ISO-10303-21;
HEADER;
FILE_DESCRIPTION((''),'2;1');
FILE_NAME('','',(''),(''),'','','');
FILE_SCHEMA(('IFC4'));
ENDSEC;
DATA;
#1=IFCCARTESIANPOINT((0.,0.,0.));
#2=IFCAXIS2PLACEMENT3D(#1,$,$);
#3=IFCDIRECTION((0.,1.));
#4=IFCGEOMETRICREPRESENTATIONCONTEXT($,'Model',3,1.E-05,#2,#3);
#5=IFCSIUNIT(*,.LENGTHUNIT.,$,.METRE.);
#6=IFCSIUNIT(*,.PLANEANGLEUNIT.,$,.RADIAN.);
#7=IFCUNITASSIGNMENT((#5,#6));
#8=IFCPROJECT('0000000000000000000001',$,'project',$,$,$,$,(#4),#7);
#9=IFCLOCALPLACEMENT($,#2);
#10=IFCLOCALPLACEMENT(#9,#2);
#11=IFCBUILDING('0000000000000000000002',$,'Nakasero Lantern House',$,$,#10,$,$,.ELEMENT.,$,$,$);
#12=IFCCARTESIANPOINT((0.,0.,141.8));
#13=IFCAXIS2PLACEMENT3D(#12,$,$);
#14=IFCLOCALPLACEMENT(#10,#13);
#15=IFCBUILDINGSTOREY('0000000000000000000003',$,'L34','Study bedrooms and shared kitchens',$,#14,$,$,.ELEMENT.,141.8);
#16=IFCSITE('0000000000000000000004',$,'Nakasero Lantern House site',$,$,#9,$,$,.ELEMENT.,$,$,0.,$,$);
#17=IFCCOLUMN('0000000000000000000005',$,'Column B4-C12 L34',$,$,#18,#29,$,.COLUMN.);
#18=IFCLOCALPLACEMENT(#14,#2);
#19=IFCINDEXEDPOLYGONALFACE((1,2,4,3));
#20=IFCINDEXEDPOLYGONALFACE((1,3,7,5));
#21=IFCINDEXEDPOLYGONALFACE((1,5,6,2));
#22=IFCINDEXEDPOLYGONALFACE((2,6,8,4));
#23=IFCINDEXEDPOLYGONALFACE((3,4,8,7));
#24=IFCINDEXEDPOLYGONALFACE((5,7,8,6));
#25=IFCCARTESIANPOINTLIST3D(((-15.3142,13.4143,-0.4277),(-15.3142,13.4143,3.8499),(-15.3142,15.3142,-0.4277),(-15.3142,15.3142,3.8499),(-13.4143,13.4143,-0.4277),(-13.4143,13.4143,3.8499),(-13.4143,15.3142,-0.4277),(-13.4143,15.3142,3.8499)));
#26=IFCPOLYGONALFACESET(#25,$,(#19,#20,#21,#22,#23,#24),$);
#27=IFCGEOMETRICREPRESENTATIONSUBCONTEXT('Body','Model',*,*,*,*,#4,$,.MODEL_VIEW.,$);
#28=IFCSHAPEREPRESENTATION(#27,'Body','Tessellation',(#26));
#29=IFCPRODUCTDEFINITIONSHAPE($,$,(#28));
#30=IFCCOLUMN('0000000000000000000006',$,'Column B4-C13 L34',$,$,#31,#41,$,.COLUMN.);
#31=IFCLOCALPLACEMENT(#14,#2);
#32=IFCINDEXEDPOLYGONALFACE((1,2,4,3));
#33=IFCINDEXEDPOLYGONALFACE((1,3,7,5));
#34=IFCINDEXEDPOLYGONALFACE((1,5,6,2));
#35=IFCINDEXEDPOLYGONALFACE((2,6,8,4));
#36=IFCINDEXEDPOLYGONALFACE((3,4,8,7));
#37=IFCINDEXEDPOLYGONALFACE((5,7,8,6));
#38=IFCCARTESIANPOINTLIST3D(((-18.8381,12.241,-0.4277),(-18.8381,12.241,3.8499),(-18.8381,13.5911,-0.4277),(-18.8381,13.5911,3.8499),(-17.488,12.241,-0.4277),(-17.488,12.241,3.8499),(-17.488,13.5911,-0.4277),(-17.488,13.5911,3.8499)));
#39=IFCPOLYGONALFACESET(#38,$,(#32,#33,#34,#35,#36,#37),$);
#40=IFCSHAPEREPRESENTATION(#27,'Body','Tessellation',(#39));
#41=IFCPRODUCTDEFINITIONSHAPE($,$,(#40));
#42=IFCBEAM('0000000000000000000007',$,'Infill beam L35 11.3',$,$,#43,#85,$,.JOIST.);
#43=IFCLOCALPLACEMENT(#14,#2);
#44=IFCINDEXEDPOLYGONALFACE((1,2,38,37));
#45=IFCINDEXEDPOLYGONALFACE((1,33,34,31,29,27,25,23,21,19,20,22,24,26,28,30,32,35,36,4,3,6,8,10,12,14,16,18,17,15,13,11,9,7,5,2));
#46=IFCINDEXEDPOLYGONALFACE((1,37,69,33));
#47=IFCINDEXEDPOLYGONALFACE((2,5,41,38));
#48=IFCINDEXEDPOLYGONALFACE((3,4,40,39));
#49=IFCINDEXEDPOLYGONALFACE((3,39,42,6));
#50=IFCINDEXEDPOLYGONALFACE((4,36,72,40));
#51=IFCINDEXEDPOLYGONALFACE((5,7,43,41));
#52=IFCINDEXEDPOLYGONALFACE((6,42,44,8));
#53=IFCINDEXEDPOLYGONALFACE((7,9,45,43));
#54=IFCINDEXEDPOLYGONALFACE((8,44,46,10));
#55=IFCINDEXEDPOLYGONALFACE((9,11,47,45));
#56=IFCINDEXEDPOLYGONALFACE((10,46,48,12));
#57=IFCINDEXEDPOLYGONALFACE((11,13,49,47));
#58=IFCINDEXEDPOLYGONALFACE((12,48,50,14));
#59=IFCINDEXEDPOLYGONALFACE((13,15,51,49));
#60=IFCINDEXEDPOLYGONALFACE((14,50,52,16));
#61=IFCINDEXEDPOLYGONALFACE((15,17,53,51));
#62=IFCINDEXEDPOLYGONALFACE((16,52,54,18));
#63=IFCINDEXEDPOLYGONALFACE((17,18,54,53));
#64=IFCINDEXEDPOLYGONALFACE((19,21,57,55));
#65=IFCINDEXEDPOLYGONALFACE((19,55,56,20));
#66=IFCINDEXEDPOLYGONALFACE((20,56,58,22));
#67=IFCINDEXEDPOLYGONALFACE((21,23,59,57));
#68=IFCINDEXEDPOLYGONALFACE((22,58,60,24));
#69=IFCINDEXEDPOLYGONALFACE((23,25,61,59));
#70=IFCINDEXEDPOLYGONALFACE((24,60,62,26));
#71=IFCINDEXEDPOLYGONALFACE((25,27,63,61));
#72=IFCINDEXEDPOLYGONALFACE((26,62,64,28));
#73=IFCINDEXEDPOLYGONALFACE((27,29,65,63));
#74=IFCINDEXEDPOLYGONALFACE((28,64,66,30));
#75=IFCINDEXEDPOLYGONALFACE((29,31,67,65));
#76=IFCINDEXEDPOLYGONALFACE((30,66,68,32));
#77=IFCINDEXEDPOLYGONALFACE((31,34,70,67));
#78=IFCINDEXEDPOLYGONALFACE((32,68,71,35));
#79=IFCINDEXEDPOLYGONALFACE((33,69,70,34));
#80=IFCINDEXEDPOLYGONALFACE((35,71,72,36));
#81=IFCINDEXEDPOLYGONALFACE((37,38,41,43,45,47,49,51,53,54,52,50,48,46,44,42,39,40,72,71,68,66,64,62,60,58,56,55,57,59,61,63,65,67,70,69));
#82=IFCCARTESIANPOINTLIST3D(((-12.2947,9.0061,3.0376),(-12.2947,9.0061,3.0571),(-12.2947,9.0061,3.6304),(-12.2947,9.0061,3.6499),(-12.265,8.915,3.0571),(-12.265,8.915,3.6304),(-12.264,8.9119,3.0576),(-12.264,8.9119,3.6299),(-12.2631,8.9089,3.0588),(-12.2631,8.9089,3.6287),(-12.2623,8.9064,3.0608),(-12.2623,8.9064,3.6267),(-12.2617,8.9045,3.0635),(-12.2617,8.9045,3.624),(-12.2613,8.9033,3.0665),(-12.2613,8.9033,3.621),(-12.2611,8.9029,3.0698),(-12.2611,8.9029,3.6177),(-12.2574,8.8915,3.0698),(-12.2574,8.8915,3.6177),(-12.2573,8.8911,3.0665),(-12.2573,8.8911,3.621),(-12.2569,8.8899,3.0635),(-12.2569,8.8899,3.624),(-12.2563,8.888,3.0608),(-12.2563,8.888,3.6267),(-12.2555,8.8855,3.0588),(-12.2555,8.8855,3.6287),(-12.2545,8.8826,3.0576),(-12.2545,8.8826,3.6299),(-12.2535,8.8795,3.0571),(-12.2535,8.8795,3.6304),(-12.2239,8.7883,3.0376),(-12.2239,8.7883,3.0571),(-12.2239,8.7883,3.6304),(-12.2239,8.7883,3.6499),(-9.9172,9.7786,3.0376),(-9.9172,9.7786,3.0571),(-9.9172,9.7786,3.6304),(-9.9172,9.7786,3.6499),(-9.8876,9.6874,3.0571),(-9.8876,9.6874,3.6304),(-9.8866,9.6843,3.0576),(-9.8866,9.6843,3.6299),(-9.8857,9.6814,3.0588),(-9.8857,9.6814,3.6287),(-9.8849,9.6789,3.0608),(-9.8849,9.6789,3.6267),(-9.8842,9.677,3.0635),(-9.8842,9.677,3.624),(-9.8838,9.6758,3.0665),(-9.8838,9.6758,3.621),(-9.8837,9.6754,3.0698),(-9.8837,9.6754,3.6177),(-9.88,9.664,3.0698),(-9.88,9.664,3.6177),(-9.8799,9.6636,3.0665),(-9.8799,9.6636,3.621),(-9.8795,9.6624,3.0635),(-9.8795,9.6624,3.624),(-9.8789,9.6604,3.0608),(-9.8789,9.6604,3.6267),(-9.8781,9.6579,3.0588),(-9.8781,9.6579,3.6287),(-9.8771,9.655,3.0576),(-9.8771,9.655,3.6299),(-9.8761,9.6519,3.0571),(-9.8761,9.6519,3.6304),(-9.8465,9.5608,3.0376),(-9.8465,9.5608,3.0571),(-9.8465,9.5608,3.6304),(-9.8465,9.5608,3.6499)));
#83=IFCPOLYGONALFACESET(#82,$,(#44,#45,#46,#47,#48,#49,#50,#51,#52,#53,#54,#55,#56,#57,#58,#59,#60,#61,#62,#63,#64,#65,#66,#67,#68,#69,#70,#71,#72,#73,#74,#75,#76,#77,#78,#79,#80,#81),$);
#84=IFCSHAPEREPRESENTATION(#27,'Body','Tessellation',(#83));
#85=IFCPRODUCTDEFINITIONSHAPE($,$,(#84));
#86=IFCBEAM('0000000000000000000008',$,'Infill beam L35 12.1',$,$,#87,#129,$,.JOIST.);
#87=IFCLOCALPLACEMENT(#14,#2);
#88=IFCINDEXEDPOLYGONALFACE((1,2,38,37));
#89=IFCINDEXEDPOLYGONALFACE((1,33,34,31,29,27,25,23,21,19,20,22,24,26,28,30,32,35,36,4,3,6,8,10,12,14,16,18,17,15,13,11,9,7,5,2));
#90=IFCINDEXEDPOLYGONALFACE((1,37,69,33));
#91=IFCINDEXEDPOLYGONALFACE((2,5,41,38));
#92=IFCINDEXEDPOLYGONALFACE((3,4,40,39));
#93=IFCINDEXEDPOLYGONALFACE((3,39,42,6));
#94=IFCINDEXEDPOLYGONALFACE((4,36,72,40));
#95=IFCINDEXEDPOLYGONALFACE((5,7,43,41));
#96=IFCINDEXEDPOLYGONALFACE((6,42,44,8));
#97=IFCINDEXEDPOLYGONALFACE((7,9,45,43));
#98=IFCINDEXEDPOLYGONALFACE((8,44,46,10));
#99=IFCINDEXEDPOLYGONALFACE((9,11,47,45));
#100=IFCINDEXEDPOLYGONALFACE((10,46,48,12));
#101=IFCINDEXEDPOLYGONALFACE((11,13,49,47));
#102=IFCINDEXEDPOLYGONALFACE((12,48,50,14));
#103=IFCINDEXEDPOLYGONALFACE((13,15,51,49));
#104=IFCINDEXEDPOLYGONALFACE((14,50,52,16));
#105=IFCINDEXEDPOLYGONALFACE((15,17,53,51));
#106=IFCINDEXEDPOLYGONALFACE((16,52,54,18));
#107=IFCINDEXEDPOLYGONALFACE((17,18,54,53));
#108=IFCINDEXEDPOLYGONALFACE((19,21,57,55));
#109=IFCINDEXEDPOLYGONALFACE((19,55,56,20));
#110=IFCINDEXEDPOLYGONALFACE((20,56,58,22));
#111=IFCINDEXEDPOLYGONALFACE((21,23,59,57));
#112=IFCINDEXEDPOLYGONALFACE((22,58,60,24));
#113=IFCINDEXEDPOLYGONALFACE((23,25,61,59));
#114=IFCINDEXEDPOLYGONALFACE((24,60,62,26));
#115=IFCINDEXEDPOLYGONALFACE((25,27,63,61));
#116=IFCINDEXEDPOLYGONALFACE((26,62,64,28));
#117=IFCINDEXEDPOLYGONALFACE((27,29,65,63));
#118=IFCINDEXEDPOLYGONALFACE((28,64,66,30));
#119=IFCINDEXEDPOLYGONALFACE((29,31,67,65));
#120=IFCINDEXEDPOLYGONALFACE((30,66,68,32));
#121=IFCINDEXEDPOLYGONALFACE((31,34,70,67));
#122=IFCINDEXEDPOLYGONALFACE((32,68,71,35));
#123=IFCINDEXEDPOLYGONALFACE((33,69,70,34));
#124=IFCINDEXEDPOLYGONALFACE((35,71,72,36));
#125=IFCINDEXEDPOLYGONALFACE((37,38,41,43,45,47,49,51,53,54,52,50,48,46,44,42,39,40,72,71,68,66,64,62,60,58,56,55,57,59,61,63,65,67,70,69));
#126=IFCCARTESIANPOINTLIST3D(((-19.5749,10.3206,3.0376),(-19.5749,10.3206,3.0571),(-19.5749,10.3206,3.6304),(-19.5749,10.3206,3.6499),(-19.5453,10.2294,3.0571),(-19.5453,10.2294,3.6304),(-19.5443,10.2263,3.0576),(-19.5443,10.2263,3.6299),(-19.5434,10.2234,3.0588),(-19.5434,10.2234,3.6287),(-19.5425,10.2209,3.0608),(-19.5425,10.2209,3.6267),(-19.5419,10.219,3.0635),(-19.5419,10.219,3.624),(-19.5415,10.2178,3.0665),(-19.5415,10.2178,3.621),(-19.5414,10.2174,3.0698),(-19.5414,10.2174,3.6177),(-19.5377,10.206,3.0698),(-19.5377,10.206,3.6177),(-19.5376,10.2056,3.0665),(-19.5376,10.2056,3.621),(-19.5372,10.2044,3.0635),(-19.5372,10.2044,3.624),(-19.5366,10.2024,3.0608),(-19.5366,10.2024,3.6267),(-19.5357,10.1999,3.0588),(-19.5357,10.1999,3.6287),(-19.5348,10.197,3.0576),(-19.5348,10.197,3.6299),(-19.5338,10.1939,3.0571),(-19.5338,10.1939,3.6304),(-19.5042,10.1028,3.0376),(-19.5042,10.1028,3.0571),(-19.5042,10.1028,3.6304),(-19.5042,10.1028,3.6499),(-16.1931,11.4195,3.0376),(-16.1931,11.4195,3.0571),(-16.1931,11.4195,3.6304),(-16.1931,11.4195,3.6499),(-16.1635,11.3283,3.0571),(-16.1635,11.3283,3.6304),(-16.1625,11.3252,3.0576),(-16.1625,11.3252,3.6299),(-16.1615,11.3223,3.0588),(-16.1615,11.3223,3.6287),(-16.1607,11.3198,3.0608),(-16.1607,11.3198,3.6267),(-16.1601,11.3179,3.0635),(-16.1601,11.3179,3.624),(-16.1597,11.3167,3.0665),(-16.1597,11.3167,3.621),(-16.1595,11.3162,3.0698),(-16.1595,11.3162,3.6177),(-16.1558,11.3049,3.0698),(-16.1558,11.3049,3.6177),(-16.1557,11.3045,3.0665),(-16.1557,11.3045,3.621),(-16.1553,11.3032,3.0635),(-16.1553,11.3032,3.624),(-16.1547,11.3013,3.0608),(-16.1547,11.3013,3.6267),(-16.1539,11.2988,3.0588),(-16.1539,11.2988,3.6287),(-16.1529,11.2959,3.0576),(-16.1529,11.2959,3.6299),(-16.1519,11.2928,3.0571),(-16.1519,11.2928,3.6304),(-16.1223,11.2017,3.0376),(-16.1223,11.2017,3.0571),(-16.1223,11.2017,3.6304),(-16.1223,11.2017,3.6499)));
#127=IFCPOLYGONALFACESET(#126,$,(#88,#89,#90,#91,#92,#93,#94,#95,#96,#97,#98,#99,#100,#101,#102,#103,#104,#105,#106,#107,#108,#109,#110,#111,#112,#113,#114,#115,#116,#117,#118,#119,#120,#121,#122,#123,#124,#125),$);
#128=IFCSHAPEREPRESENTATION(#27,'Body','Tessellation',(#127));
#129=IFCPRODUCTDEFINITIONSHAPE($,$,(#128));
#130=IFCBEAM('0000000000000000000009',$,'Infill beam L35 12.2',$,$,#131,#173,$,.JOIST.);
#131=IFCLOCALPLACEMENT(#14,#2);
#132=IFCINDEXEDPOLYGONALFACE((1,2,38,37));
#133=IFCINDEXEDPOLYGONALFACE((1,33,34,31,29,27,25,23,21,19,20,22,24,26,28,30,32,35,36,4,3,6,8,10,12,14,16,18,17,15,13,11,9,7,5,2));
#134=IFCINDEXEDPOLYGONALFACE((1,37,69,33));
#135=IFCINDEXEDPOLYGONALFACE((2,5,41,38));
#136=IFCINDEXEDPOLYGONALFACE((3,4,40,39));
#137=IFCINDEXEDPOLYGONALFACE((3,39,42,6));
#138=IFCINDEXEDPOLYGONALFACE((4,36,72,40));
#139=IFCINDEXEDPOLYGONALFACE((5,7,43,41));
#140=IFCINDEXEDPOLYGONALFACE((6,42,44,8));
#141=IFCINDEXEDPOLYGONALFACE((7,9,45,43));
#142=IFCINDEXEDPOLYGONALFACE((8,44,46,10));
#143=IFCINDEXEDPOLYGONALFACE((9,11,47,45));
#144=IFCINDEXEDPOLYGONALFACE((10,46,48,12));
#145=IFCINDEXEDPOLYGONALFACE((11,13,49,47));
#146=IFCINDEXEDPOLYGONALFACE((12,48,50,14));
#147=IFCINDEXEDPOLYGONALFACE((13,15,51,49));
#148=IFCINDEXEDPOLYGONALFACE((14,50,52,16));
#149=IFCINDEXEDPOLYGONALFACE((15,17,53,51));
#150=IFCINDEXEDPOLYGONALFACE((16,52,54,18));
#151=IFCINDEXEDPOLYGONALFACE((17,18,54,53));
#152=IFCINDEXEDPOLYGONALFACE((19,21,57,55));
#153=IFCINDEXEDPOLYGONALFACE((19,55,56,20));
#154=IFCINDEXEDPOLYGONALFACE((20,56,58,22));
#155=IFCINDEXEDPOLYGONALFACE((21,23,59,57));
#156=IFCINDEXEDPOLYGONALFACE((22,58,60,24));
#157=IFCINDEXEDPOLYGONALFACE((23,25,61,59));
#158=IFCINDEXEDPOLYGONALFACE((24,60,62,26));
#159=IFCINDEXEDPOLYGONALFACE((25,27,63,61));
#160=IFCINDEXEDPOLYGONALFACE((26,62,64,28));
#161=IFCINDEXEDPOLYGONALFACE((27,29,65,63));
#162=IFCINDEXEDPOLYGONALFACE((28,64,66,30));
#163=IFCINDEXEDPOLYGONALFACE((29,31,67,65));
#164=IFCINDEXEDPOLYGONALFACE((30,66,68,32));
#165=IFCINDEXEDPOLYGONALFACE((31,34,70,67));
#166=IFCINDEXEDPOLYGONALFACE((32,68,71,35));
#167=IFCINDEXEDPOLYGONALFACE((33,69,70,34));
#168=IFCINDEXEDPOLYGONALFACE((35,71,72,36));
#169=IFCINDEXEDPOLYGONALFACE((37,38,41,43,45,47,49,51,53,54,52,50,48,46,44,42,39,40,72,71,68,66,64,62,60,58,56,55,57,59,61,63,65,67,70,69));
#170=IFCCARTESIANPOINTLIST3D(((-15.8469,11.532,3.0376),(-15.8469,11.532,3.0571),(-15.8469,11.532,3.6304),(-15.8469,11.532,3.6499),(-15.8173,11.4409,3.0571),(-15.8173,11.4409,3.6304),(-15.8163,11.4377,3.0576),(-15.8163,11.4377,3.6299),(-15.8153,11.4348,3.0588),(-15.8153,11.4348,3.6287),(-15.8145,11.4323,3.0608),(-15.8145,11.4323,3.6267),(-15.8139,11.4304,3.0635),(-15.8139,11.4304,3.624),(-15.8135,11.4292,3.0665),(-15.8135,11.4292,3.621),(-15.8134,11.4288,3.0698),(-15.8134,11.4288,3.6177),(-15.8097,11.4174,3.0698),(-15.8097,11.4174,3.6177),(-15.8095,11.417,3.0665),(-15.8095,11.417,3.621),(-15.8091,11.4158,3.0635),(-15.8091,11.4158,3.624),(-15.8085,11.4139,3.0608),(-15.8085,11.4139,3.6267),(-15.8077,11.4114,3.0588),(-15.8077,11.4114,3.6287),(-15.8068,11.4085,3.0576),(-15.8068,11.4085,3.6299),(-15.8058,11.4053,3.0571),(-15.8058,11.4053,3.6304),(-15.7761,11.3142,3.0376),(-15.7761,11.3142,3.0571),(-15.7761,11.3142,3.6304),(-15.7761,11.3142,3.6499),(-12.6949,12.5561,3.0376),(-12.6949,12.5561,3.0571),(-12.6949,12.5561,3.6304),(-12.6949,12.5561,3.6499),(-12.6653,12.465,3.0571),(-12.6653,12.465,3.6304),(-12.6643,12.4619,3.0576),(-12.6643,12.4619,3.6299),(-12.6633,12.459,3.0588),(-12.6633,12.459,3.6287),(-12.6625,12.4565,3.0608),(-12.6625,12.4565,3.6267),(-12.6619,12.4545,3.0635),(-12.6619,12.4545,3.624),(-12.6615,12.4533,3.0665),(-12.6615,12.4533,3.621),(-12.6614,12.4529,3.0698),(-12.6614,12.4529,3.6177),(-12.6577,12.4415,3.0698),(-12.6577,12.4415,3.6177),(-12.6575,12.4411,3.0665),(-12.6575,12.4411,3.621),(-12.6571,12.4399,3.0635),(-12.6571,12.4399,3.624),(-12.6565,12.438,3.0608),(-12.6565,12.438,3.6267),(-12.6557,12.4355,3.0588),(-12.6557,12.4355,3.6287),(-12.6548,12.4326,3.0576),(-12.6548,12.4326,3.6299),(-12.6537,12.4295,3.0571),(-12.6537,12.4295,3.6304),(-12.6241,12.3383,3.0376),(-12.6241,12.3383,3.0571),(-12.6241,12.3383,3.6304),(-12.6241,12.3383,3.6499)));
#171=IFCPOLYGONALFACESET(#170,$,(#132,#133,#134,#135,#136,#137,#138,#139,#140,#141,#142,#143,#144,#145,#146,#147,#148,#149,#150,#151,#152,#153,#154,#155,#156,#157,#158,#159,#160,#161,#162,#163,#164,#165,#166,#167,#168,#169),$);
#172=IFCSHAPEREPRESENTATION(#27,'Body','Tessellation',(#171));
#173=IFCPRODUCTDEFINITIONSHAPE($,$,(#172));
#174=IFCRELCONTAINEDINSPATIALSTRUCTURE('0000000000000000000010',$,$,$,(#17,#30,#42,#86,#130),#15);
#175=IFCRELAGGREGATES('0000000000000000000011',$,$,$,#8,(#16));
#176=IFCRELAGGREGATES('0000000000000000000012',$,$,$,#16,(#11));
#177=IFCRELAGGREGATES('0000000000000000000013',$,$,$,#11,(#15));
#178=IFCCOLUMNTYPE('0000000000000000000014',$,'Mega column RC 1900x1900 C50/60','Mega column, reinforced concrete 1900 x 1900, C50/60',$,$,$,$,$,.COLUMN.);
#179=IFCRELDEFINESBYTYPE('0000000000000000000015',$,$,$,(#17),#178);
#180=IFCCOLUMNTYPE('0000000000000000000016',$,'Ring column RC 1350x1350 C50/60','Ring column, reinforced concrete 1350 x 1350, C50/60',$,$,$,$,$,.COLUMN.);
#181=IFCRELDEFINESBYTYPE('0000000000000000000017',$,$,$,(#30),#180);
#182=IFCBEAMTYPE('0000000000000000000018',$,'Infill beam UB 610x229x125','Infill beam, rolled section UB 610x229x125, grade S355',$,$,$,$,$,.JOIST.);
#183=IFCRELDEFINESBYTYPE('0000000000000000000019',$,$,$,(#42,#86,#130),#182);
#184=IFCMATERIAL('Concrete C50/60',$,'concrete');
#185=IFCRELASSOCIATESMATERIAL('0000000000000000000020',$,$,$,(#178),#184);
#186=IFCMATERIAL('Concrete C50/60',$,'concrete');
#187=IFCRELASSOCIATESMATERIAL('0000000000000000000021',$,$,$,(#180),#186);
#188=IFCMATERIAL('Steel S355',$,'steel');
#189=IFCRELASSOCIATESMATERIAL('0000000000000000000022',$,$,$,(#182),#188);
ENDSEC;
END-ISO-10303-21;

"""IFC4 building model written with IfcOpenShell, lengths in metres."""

from ifc_helpers import new_model, si_unit, direction, frame, origin, origin_2d, place, context, subcontext, project, spatial, rectangle, i_section, extrude, material, material_profile, profile_set, type_object, element, save


model = new_model("IFC4")

# Units and contexts
model_context = context("Model", 3, precision=1e-05, world=origin(), true_north=direction((0.0, 1.0)))
body_context = subcontext(model_context, "Body", "Model", "MODEL_VIEW")
ifc_project = project(units=[si_unit("LENGTHUNIT", "METRE"), si_unit("PLANEANGLEUNIT", "RADIAN")], contexts=[model_context])

# Site, building, storey
site_placement = place(None, origin())
site = spatial("IfcSite", under=ifc_project, at=site_placement, Name="Nakasero Lantern House site", CompositionType="ELEMENT", RefElevation=0.0)
building_placement = place(site_placement, origin())
building = spatial("IfcBuilding", under=site, at=building_placement, Name="Nakasero Lantern House", CompositionType="ELEMENT")
storey_placement = place(building_placement, frame((0.0, 0.0, 141.8)))
storey = spatial("IfcBuildingStorey", under=building, at=storey_placement, Name="L34", Description="Study bedrooms and shared kitchens", CompositionType="ELEMENT", Elevation=141.8)

# Columns
ifc_material_1 = material(Name="Concrete C50/60", Category="concrete")
ifc_material_profile_1 = material_profile(ifc_material_1, rectangle(XDim=1.8999, YDim=1.8999, at=origin_2d()), Name="RC 1900x1900")
ifc_profile_set_1 = profile_set([ifc_material_profile_1], Name="Concrete C50/60")
column_type_1 = type_object("IfcColumnType", Name="Mega column RC 1900x1900 C50/60", Description="Mega column, reinforced concrete 1900 x 1900, C50/60", PredefinedType="COLUMN", material=ifc_profile_set_1)
column_1_placement = place(storey_placement, frame((-14.3643, 14.3643, -0.4277), z_axis=(0.0, 0.0, 1.0), x_axis=(1.0, 0.0, 0.0)))
element("IfcColumn", 1, at=column_1_placement, inside=storey, type_object=column_type_1, Name="Column B4-C12 L34", PredefinedType="COLUMN", context=body_context, shape_type="SweptSolid", body=[
    extrude(rectangle(XDim=1.8999, YDim=1.8999, at=origin_2d()), origin(), (0.0, 0.0, 1.0), 4.2776),
])
ifc_material_2 = material(Name="Concrete C50/60", Category="concrete")
ifc_material_profile_2 = material_profile(ifc_material_2, rectangle(XDim=1.3501, YDim=1.3501, at=origin_2d()), Name="RC 1350x1350")
ifc_profile_set_2 = profile_set([ifc_material_profile_2], Name="Concrete C50/60")
column_type_2 = type_object("IfcColumnType", Name="Ring column RC 1350x1350 C50/60", Description="Ring column, reinforced concrete 1350 x 1350, C50/60", PredefinedType="COLUMN", material=ifc_profile_set_2)
column_2_placement = place(storey_placement, frame((-18.1631, 12.916, -0.4277), z_axis=(0.0, 0.0, 1.0), x_axis=(1.0, 0.0, 0.0)))
element("IfcColumn", 2, at=column_2_placement, inside=storey, type_object=column_type_2, Name="Column B4-C13 L34", PredefinedType="COLUMN", context=body_context, shape_type="SweptSolid", body=[
    extrude(rectangle(XDim=1.3501, YDim=1.3501, at=origin_2d()), origin(), (0.0, 0.0, 1.0), 4.2776),
])

# Beams
ifc_material_3 = material(Name="Steel S355", Category="steel")
ifc_material_profile_3 = material_profile(ifc_material_3, i_section(OverallWidth=0.229, OverallDepth=0.6123, WebThickness=0.012, FlangeThickness=0.0195, FilletRadius=0.0127, at=origin_2d()), Name="UB 610x229x125")
ifc_profile_set_3 = profile_set([ifc_material_profile_3], Name="Steel S355")
beam_type_1 = type_object("IfcBeamType", Name="Infill beam UB 610x229x125", Description="Infill beam, rolled section UB 610x229x125, grade S355", PredefinedType="JOIST", material=ifc_profile_set_3)
beam_1_placement = place(storey_placement, frame((-12.2593, 8.8972, 3.3438), z_axis=(0.951058, 0.309011, 0.0), x_axis=(-0.309011, 0.951058, 0.0)))
element("IfcBeam", 3, at=beam_1_placement, inside=storey, type_object=beam_type_1, Name="Infill beam L35 11.3", PredefinedType="JOIST", context=body_context, shape_type="SweptSolid", body=[
    extrude(i_section(OverallWidth=0.229, OverallDepth=0.6123, WebThickness=0.012, FlangeThickness=0.0195, FilletRadius=0.0127, at=origin_2d()), origin(), (0.0, 0.0, 1.0), 2.4998),
])
beam_2_placement = place(storey_placement, frame((-19.5396, 10.2117, 3.3438), z_axis=(0.951052, 0.30903, 0.0), x_axis=(-0.30903, 0.951052, 0.0)))
element("IfcBeam", 4, at=beam_2_placement, inside=storey, type_object=beam_type_1, Name="Infill beam L35 12.1", PredefinedType="JOIST", context=body_context, shape_type="SweptSolid", body=[
    extrude(i_section(OverallWidth=0.229, OverallDepth=0.6123, WebThickness=0.012, FlangeThickness=0.0195, FilletRadius=0.0127, at=origin_2d()), origin(), (0.0, 0.0, 1.0), 3.5559),
])
beam_3_placement = place(storey_placement, frame((-15.8115, 11.4231, 3.3438), z_axis=(0.951057, 0.309014, 0.0), x_axis=(-0.309014, 0.951057, 0.0)))
element("IfcBeam", 5, at=beam_3_placement, inside=storey, type_object=beam_type_1, Name="Infill beam L35 12.2", PredefinedType="JOIST", context=body_context, shape_type="SweptSolid", body=[
    extrude(i_section(OverallWidth=0.229, OverallDepth=0.6123, WebThickness=0.012, FlangeThickness=0.0195, FilletRadius=0.0127, at=origin_2d()), origin(), (0.0, 0.0, 1.0), 3.3142),
])

save(model, "model.ifc")
